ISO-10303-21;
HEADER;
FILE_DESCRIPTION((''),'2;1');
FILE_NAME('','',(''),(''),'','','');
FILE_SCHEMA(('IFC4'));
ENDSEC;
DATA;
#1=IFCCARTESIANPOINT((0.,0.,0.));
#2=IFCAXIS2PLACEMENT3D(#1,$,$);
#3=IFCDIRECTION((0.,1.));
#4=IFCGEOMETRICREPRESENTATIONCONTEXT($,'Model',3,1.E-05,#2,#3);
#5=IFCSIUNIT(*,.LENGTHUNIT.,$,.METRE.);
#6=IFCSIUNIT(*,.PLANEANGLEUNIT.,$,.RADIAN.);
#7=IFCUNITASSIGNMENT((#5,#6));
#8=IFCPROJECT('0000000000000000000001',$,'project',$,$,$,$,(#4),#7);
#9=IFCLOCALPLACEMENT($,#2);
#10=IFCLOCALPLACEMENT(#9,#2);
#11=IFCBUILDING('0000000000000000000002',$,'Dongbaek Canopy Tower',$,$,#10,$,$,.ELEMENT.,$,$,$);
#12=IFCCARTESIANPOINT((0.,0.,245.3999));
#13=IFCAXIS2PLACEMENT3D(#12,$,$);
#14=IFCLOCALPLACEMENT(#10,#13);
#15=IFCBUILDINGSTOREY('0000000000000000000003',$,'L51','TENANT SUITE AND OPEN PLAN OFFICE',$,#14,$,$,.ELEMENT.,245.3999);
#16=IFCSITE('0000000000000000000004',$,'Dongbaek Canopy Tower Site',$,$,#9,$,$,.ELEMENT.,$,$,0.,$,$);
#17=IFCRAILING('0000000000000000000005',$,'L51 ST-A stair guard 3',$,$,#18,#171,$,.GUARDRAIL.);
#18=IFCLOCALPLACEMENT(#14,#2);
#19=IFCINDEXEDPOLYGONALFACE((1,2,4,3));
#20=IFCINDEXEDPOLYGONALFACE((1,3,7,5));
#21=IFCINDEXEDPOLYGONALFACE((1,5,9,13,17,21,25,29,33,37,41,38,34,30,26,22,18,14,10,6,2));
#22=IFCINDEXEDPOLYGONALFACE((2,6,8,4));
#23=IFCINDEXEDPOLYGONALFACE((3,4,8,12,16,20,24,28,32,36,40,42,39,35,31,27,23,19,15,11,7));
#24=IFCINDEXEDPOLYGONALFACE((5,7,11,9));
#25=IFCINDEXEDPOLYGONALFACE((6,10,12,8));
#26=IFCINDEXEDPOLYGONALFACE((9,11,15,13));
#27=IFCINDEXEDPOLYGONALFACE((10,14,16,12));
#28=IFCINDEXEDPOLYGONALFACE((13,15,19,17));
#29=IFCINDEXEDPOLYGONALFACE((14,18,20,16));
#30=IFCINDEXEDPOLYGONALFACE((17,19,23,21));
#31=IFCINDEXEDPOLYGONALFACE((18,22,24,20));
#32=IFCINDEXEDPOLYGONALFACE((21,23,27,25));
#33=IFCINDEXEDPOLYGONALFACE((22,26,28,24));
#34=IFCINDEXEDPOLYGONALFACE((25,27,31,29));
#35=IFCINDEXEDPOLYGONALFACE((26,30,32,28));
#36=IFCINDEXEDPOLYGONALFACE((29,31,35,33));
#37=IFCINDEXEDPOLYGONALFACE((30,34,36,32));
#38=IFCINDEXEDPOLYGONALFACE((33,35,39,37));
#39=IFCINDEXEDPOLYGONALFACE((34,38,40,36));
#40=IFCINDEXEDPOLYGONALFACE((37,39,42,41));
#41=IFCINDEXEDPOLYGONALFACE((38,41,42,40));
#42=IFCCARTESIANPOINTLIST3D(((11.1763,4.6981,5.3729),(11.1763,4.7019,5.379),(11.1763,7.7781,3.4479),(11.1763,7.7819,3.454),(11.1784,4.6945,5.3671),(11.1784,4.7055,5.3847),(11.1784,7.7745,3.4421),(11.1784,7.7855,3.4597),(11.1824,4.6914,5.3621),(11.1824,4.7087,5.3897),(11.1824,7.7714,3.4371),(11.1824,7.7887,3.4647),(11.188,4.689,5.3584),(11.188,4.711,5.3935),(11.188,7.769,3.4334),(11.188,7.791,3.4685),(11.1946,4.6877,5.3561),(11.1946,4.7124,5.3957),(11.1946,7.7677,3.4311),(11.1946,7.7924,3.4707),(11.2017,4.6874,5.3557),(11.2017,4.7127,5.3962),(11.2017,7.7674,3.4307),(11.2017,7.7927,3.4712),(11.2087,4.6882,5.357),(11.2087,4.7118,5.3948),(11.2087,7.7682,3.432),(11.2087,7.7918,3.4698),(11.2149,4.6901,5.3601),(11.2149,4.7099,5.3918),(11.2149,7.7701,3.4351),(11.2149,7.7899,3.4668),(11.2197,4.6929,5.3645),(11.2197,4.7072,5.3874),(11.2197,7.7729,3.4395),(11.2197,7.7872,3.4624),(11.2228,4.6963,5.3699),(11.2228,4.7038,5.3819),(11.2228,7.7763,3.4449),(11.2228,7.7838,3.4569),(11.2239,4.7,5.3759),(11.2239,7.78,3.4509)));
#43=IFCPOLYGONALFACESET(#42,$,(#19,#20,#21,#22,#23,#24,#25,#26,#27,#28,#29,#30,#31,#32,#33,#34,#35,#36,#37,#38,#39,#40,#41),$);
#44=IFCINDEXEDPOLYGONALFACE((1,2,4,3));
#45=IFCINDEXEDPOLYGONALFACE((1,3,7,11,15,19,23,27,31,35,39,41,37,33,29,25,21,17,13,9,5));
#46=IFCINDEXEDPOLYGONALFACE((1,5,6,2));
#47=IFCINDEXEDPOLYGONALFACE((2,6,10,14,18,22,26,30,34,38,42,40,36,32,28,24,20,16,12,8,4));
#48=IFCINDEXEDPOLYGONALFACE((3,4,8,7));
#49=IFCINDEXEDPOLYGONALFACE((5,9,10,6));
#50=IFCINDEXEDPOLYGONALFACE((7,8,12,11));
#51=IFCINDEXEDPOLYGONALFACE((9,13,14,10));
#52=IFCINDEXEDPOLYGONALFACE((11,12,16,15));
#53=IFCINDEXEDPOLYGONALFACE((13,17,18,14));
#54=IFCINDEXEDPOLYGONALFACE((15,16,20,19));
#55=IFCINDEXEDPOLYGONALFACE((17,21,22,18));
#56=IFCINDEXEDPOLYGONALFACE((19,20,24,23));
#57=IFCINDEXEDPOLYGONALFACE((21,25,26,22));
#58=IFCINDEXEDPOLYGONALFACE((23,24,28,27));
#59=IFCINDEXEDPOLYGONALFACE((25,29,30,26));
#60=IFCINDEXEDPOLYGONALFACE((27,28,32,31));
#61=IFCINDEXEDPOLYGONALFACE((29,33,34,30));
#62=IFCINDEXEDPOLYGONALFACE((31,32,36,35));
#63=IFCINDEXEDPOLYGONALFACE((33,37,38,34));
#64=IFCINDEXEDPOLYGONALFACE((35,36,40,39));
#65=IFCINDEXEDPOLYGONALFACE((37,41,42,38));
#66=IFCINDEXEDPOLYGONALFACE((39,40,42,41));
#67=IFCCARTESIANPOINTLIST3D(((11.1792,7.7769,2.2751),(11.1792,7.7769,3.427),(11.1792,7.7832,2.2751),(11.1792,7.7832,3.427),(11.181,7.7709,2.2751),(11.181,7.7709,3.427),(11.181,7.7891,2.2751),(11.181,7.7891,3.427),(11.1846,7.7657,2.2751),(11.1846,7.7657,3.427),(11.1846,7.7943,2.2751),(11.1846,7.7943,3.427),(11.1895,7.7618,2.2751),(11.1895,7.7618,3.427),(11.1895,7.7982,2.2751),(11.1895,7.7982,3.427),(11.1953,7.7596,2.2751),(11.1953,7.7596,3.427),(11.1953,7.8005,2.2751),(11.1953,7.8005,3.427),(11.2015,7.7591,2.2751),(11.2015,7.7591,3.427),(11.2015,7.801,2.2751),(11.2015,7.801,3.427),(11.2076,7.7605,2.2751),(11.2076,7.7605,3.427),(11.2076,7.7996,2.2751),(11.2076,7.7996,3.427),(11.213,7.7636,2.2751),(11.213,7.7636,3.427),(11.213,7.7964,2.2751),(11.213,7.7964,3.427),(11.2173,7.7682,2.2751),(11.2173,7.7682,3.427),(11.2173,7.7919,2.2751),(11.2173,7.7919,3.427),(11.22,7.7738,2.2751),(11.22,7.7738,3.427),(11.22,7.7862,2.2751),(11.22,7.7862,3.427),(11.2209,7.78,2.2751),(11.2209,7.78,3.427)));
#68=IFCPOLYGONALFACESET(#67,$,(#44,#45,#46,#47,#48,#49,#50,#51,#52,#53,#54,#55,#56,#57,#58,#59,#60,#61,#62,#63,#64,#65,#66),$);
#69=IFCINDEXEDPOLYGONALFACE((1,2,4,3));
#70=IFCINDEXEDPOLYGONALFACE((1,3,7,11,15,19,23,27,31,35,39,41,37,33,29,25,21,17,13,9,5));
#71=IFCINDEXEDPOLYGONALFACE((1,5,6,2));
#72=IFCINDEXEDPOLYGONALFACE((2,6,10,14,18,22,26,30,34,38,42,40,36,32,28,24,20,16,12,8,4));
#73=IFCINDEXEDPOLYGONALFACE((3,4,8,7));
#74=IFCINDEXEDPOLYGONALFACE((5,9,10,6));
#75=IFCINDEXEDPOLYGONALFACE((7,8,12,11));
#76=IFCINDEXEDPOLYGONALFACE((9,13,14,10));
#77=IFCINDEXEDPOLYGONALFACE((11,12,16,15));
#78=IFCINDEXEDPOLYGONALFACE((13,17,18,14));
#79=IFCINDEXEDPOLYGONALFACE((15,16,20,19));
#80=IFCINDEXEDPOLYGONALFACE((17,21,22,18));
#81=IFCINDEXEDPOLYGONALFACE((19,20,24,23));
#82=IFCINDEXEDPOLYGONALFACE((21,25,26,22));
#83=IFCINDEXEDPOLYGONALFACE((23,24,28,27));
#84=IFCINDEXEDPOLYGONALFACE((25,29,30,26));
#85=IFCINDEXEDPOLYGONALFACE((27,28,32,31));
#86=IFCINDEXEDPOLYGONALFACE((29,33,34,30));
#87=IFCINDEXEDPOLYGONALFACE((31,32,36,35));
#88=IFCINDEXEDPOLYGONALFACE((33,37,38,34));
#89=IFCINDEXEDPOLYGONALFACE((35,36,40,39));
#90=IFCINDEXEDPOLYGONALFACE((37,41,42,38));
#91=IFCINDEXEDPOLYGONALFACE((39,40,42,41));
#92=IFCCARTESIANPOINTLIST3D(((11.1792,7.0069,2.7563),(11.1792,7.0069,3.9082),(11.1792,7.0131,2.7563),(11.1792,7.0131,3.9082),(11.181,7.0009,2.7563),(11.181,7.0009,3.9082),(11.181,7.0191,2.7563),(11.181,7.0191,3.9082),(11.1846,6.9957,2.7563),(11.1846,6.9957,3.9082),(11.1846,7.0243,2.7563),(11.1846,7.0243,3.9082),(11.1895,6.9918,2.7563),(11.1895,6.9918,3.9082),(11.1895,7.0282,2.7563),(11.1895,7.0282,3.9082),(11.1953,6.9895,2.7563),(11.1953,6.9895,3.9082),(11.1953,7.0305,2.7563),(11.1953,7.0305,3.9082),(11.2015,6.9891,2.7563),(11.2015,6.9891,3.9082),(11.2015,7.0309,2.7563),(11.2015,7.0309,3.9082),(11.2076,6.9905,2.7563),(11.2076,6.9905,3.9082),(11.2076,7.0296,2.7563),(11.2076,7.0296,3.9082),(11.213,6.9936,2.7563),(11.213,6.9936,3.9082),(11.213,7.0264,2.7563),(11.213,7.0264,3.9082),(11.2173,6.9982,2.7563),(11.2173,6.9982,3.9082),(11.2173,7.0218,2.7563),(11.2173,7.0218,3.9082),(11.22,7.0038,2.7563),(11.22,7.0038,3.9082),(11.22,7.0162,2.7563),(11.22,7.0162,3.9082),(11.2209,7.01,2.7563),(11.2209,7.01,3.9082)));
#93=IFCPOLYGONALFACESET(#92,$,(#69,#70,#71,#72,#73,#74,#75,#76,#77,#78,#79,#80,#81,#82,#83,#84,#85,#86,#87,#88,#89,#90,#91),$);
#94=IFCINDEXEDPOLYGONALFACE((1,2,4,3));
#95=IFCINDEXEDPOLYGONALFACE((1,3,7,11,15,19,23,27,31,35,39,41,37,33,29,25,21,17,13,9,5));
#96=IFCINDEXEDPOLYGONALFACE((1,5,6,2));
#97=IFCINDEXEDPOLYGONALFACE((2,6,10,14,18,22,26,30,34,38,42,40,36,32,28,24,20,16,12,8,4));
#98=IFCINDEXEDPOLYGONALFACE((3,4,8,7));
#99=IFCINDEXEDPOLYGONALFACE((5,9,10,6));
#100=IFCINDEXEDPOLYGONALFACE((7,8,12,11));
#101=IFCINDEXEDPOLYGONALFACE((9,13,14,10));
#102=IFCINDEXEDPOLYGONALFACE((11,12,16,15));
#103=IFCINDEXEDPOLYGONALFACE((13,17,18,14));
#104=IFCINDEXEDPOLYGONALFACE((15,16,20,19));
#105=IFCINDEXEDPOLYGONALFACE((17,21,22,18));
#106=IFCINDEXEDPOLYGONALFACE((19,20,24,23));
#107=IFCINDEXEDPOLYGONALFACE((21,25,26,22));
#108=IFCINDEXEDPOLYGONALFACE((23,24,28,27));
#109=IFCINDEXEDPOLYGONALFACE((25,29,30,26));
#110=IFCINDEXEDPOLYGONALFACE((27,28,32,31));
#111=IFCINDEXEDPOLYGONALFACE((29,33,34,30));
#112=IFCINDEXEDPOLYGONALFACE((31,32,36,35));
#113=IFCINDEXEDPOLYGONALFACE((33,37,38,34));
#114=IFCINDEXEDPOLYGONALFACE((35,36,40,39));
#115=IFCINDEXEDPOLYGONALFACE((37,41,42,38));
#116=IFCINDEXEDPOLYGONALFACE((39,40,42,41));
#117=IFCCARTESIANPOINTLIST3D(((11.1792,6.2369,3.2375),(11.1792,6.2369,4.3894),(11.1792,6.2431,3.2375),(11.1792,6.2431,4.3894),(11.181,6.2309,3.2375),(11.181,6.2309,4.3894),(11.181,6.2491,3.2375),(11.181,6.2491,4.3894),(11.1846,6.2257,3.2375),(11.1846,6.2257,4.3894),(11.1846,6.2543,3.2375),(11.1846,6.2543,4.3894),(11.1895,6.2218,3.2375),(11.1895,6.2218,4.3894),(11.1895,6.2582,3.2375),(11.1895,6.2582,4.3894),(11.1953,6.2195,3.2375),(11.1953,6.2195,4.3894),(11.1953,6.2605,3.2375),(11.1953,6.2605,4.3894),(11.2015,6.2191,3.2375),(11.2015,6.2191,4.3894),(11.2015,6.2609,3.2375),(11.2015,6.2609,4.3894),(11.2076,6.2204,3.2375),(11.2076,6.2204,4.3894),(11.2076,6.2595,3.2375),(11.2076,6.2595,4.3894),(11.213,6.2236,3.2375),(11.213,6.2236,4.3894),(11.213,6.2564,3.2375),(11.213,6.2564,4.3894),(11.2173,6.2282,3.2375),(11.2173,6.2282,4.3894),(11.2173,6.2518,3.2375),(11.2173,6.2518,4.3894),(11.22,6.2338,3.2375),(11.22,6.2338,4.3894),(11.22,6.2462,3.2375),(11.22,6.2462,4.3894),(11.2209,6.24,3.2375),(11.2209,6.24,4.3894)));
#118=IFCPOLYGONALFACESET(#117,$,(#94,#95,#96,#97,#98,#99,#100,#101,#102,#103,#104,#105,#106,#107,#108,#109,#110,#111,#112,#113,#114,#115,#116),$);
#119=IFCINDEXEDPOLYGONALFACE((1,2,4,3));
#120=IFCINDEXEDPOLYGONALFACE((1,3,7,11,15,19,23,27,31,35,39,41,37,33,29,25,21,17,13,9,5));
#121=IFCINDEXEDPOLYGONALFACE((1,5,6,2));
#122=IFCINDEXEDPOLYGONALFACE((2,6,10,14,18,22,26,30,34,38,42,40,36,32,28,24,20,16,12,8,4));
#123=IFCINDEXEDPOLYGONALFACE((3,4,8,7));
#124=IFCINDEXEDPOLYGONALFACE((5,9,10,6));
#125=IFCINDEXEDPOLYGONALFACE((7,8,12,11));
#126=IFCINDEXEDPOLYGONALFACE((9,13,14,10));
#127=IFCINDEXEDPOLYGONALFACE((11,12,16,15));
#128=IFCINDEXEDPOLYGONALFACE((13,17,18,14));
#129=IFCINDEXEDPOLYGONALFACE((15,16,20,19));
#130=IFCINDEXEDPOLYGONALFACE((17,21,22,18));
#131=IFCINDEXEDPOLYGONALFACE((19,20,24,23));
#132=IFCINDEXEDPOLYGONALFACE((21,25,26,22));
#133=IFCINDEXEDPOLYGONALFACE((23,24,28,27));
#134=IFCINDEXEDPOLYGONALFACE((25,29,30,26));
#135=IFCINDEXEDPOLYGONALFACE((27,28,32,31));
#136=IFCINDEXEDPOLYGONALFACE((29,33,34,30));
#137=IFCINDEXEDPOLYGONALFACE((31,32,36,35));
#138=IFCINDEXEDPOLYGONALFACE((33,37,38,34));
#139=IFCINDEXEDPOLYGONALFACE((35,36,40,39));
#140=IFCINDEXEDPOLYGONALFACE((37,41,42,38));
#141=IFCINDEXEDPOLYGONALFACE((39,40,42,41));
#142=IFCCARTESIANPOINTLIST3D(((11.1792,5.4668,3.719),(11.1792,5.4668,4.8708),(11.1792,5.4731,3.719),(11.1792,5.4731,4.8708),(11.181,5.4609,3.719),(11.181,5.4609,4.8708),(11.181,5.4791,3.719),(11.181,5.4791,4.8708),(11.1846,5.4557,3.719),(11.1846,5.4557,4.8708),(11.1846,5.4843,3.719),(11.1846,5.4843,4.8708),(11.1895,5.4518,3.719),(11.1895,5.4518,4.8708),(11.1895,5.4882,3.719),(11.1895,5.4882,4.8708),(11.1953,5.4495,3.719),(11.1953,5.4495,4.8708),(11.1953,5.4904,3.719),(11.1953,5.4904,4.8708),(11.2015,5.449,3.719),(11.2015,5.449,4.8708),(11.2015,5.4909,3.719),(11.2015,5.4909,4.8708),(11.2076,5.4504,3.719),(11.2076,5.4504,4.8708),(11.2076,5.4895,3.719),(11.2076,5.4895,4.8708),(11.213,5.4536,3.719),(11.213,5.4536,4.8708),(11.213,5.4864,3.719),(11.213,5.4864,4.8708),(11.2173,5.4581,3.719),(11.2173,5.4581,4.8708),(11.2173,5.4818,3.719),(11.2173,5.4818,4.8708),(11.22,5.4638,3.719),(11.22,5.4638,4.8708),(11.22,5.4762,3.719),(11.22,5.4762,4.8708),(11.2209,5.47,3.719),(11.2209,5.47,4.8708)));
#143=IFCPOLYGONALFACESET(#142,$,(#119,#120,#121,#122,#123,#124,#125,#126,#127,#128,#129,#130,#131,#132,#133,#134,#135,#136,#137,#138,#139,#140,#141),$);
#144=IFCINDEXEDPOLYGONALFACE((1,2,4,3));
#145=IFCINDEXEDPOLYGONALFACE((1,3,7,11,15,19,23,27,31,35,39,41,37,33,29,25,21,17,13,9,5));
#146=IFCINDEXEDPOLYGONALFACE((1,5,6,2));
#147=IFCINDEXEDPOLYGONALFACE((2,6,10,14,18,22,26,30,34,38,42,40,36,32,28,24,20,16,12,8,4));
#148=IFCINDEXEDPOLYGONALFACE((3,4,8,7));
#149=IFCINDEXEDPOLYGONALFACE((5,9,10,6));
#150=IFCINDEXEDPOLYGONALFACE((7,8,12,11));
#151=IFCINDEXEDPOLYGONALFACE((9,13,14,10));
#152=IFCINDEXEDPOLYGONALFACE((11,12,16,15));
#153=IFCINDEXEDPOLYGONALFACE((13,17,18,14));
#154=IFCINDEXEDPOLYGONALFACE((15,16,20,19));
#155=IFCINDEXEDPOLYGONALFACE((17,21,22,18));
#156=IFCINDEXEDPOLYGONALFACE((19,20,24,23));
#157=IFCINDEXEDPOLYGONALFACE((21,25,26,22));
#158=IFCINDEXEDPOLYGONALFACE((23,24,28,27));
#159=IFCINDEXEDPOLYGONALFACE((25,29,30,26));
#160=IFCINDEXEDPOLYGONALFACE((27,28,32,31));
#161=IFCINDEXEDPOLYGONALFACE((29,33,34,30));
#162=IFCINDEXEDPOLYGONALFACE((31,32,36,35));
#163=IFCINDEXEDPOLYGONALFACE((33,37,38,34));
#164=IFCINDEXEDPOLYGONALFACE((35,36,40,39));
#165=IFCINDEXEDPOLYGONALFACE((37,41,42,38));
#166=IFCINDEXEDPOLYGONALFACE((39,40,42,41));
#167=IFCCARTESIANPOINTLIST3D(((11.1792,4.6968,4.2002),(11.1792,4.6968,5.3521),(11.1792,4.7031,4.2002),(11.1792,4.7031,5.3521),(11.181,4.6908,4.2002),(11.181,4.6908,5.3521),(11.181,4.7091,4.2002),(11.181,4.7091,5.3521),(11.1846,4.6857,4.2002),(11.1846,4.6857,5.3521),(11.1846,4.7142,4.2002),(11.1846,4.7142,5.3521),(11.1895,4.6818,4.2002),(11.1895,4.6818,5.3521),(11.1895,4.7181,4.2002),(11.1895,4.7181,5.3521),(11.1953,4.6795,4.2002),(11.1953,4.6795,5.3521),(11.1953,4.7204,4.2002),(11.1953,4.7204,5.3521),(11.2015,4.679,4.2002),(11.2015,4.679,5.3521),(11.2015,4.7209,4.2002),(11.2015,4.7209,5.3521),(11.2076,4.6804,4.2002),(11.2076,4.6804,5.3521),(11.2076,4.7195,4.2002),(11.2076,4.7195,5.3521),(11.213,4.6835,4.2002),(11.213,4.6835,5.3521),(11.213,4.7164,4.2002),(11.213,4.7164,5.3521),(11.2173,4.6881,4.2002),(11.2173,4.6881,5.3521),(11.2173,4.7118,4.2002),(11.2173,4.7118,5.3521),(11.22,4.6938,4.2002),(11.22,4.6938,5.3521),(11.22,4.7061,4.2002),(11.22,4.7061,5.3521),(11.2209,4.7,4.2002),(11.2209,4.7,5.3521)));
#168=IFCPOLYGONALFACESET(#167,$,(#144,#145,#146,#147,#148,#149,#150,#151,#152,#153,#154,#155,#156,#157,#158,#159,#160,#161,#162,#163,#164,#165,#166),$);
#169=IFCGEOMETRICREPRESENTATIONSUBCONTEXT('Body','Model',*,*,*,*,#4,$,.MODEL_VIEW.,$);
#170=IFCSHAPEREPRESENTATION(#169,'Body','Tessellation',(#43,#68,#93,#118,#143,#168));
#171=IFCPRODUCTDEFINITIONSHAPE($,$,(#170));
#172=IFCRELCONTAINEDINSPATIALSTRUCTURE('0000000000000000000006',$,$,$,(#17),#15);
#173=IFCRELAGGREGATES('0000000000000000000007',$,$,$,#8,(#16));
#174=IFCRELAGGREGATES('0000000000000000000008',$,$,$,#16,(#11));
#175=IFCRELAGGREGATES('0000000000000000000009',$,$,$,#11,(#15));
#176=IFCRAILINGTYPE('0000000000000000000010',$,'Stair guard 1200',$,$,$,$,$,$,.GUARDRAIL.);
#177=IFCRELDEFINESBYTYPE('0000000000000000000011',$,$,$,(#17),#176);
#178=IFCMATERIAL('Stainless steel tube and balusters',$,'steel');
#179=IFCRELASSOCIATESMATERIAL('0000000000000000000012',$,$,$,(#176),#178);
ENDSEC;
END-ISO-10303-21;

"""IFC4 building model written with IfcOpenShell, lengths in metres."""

from ifc_helpers import new_model, si_unit, direction, frame, origin, origin_2d, place, context, subcontext, project, spatial, circle, extrude, material, type_object, element, save


model = new_model("IFC4")

# Units and contexts
model_context = context("Model", 3, precision=1e-05, world=origin(), true_north=direction((0.0, 1.0)))
body_context = subcontext(model_context, "Body", "Model", "MODEL_VIEW")
ifc_project = project(units=[si_unit("LENGTHUNIT", "METRE"), si_unit("PLANEANGLEUNIT", "RADIAN")], contexts=[model_context])

# Site, building, storey
site_placement = place(None, origin())
site = spatial("IfcSite", under=ifc_project, at=site_placement, Name="Dongbaek Canopy Tower Site", CompositionType="ELEMENT", RefElevation=0.0)
building_placement = place(site_placement, origin())
building = spatial("IfcBuilding", under=site, at=building_placement, Name="Dongbaek Canopy Tower", CompositionType="ELEMENT")
storey_placement = place(building_placement, frame((0.0, 0.0, 245.3999)))
storey = spatial("IfcBuildingStorey", under=building, at=storey_placement, Name="L51", Description="TENANT SUITE AND OPEN PLAN OFFICE", CompositionType="ELEMENT", Elevation=245.3999)

# Railing
ifc_material_1 = material(Name="Stainless steel tube and balusters", Category="steel")
railing_type_1 = type_object("IfcRailingType", Name="Stair guard 1200", PredefinedType="GUARDRAIL", material=ifc_material_1)
railing_1_placement = place(storey_placement, frame((11.2, 7.78, 2.2751)))
element("IfcRailing", 1, at=railing_1_placement, inside=storey, type_object=railing_type_1, Name="L51 ST-A stair guard 3", PredefinedType="GUARDRAIL", context=body_context, shape_type="SweptSolid", body=[
    extrude(circle(Radius=0.0239, at=origin_2d()), frame((0.0, 0.0, 1.1758), z_axis=(0.0, -0.847998, 0.529999), x_axis=(1.0, 0.0, 0.0)), (0.0, 0.0, 1.0), 3.6321),
    extrude(circle(Radius=0.021, at=origin_2d()), origin(), (0.0, 0.0, 1.0), 1.1519),
    extrude(circle(Radius=0.021, at=origin_2d()), frame((0.0, -0.77, 0.4812)), (0.0, 0.0, 1.0), 1.1519),
    extrude(circle(Radius=0.021, at=origin_2d()), frame((0.0, -1.54, 0.9624)), (0.0, 0.0, 1.0), 1.1519),
    extrude(circle(Radius=0.021, at=origin_2d()), frame((0.0, -2.3101, 1.4438)), (0.0, 0.0, 1.0), 1.1519),
    extrude(circle(Radius=0.021, at=origin_2d()), frame((0.0, -3.0801, 1.925)), (0.0, 0.0, 1.0), 1.1519),
])

save(model, "model.ifc")
